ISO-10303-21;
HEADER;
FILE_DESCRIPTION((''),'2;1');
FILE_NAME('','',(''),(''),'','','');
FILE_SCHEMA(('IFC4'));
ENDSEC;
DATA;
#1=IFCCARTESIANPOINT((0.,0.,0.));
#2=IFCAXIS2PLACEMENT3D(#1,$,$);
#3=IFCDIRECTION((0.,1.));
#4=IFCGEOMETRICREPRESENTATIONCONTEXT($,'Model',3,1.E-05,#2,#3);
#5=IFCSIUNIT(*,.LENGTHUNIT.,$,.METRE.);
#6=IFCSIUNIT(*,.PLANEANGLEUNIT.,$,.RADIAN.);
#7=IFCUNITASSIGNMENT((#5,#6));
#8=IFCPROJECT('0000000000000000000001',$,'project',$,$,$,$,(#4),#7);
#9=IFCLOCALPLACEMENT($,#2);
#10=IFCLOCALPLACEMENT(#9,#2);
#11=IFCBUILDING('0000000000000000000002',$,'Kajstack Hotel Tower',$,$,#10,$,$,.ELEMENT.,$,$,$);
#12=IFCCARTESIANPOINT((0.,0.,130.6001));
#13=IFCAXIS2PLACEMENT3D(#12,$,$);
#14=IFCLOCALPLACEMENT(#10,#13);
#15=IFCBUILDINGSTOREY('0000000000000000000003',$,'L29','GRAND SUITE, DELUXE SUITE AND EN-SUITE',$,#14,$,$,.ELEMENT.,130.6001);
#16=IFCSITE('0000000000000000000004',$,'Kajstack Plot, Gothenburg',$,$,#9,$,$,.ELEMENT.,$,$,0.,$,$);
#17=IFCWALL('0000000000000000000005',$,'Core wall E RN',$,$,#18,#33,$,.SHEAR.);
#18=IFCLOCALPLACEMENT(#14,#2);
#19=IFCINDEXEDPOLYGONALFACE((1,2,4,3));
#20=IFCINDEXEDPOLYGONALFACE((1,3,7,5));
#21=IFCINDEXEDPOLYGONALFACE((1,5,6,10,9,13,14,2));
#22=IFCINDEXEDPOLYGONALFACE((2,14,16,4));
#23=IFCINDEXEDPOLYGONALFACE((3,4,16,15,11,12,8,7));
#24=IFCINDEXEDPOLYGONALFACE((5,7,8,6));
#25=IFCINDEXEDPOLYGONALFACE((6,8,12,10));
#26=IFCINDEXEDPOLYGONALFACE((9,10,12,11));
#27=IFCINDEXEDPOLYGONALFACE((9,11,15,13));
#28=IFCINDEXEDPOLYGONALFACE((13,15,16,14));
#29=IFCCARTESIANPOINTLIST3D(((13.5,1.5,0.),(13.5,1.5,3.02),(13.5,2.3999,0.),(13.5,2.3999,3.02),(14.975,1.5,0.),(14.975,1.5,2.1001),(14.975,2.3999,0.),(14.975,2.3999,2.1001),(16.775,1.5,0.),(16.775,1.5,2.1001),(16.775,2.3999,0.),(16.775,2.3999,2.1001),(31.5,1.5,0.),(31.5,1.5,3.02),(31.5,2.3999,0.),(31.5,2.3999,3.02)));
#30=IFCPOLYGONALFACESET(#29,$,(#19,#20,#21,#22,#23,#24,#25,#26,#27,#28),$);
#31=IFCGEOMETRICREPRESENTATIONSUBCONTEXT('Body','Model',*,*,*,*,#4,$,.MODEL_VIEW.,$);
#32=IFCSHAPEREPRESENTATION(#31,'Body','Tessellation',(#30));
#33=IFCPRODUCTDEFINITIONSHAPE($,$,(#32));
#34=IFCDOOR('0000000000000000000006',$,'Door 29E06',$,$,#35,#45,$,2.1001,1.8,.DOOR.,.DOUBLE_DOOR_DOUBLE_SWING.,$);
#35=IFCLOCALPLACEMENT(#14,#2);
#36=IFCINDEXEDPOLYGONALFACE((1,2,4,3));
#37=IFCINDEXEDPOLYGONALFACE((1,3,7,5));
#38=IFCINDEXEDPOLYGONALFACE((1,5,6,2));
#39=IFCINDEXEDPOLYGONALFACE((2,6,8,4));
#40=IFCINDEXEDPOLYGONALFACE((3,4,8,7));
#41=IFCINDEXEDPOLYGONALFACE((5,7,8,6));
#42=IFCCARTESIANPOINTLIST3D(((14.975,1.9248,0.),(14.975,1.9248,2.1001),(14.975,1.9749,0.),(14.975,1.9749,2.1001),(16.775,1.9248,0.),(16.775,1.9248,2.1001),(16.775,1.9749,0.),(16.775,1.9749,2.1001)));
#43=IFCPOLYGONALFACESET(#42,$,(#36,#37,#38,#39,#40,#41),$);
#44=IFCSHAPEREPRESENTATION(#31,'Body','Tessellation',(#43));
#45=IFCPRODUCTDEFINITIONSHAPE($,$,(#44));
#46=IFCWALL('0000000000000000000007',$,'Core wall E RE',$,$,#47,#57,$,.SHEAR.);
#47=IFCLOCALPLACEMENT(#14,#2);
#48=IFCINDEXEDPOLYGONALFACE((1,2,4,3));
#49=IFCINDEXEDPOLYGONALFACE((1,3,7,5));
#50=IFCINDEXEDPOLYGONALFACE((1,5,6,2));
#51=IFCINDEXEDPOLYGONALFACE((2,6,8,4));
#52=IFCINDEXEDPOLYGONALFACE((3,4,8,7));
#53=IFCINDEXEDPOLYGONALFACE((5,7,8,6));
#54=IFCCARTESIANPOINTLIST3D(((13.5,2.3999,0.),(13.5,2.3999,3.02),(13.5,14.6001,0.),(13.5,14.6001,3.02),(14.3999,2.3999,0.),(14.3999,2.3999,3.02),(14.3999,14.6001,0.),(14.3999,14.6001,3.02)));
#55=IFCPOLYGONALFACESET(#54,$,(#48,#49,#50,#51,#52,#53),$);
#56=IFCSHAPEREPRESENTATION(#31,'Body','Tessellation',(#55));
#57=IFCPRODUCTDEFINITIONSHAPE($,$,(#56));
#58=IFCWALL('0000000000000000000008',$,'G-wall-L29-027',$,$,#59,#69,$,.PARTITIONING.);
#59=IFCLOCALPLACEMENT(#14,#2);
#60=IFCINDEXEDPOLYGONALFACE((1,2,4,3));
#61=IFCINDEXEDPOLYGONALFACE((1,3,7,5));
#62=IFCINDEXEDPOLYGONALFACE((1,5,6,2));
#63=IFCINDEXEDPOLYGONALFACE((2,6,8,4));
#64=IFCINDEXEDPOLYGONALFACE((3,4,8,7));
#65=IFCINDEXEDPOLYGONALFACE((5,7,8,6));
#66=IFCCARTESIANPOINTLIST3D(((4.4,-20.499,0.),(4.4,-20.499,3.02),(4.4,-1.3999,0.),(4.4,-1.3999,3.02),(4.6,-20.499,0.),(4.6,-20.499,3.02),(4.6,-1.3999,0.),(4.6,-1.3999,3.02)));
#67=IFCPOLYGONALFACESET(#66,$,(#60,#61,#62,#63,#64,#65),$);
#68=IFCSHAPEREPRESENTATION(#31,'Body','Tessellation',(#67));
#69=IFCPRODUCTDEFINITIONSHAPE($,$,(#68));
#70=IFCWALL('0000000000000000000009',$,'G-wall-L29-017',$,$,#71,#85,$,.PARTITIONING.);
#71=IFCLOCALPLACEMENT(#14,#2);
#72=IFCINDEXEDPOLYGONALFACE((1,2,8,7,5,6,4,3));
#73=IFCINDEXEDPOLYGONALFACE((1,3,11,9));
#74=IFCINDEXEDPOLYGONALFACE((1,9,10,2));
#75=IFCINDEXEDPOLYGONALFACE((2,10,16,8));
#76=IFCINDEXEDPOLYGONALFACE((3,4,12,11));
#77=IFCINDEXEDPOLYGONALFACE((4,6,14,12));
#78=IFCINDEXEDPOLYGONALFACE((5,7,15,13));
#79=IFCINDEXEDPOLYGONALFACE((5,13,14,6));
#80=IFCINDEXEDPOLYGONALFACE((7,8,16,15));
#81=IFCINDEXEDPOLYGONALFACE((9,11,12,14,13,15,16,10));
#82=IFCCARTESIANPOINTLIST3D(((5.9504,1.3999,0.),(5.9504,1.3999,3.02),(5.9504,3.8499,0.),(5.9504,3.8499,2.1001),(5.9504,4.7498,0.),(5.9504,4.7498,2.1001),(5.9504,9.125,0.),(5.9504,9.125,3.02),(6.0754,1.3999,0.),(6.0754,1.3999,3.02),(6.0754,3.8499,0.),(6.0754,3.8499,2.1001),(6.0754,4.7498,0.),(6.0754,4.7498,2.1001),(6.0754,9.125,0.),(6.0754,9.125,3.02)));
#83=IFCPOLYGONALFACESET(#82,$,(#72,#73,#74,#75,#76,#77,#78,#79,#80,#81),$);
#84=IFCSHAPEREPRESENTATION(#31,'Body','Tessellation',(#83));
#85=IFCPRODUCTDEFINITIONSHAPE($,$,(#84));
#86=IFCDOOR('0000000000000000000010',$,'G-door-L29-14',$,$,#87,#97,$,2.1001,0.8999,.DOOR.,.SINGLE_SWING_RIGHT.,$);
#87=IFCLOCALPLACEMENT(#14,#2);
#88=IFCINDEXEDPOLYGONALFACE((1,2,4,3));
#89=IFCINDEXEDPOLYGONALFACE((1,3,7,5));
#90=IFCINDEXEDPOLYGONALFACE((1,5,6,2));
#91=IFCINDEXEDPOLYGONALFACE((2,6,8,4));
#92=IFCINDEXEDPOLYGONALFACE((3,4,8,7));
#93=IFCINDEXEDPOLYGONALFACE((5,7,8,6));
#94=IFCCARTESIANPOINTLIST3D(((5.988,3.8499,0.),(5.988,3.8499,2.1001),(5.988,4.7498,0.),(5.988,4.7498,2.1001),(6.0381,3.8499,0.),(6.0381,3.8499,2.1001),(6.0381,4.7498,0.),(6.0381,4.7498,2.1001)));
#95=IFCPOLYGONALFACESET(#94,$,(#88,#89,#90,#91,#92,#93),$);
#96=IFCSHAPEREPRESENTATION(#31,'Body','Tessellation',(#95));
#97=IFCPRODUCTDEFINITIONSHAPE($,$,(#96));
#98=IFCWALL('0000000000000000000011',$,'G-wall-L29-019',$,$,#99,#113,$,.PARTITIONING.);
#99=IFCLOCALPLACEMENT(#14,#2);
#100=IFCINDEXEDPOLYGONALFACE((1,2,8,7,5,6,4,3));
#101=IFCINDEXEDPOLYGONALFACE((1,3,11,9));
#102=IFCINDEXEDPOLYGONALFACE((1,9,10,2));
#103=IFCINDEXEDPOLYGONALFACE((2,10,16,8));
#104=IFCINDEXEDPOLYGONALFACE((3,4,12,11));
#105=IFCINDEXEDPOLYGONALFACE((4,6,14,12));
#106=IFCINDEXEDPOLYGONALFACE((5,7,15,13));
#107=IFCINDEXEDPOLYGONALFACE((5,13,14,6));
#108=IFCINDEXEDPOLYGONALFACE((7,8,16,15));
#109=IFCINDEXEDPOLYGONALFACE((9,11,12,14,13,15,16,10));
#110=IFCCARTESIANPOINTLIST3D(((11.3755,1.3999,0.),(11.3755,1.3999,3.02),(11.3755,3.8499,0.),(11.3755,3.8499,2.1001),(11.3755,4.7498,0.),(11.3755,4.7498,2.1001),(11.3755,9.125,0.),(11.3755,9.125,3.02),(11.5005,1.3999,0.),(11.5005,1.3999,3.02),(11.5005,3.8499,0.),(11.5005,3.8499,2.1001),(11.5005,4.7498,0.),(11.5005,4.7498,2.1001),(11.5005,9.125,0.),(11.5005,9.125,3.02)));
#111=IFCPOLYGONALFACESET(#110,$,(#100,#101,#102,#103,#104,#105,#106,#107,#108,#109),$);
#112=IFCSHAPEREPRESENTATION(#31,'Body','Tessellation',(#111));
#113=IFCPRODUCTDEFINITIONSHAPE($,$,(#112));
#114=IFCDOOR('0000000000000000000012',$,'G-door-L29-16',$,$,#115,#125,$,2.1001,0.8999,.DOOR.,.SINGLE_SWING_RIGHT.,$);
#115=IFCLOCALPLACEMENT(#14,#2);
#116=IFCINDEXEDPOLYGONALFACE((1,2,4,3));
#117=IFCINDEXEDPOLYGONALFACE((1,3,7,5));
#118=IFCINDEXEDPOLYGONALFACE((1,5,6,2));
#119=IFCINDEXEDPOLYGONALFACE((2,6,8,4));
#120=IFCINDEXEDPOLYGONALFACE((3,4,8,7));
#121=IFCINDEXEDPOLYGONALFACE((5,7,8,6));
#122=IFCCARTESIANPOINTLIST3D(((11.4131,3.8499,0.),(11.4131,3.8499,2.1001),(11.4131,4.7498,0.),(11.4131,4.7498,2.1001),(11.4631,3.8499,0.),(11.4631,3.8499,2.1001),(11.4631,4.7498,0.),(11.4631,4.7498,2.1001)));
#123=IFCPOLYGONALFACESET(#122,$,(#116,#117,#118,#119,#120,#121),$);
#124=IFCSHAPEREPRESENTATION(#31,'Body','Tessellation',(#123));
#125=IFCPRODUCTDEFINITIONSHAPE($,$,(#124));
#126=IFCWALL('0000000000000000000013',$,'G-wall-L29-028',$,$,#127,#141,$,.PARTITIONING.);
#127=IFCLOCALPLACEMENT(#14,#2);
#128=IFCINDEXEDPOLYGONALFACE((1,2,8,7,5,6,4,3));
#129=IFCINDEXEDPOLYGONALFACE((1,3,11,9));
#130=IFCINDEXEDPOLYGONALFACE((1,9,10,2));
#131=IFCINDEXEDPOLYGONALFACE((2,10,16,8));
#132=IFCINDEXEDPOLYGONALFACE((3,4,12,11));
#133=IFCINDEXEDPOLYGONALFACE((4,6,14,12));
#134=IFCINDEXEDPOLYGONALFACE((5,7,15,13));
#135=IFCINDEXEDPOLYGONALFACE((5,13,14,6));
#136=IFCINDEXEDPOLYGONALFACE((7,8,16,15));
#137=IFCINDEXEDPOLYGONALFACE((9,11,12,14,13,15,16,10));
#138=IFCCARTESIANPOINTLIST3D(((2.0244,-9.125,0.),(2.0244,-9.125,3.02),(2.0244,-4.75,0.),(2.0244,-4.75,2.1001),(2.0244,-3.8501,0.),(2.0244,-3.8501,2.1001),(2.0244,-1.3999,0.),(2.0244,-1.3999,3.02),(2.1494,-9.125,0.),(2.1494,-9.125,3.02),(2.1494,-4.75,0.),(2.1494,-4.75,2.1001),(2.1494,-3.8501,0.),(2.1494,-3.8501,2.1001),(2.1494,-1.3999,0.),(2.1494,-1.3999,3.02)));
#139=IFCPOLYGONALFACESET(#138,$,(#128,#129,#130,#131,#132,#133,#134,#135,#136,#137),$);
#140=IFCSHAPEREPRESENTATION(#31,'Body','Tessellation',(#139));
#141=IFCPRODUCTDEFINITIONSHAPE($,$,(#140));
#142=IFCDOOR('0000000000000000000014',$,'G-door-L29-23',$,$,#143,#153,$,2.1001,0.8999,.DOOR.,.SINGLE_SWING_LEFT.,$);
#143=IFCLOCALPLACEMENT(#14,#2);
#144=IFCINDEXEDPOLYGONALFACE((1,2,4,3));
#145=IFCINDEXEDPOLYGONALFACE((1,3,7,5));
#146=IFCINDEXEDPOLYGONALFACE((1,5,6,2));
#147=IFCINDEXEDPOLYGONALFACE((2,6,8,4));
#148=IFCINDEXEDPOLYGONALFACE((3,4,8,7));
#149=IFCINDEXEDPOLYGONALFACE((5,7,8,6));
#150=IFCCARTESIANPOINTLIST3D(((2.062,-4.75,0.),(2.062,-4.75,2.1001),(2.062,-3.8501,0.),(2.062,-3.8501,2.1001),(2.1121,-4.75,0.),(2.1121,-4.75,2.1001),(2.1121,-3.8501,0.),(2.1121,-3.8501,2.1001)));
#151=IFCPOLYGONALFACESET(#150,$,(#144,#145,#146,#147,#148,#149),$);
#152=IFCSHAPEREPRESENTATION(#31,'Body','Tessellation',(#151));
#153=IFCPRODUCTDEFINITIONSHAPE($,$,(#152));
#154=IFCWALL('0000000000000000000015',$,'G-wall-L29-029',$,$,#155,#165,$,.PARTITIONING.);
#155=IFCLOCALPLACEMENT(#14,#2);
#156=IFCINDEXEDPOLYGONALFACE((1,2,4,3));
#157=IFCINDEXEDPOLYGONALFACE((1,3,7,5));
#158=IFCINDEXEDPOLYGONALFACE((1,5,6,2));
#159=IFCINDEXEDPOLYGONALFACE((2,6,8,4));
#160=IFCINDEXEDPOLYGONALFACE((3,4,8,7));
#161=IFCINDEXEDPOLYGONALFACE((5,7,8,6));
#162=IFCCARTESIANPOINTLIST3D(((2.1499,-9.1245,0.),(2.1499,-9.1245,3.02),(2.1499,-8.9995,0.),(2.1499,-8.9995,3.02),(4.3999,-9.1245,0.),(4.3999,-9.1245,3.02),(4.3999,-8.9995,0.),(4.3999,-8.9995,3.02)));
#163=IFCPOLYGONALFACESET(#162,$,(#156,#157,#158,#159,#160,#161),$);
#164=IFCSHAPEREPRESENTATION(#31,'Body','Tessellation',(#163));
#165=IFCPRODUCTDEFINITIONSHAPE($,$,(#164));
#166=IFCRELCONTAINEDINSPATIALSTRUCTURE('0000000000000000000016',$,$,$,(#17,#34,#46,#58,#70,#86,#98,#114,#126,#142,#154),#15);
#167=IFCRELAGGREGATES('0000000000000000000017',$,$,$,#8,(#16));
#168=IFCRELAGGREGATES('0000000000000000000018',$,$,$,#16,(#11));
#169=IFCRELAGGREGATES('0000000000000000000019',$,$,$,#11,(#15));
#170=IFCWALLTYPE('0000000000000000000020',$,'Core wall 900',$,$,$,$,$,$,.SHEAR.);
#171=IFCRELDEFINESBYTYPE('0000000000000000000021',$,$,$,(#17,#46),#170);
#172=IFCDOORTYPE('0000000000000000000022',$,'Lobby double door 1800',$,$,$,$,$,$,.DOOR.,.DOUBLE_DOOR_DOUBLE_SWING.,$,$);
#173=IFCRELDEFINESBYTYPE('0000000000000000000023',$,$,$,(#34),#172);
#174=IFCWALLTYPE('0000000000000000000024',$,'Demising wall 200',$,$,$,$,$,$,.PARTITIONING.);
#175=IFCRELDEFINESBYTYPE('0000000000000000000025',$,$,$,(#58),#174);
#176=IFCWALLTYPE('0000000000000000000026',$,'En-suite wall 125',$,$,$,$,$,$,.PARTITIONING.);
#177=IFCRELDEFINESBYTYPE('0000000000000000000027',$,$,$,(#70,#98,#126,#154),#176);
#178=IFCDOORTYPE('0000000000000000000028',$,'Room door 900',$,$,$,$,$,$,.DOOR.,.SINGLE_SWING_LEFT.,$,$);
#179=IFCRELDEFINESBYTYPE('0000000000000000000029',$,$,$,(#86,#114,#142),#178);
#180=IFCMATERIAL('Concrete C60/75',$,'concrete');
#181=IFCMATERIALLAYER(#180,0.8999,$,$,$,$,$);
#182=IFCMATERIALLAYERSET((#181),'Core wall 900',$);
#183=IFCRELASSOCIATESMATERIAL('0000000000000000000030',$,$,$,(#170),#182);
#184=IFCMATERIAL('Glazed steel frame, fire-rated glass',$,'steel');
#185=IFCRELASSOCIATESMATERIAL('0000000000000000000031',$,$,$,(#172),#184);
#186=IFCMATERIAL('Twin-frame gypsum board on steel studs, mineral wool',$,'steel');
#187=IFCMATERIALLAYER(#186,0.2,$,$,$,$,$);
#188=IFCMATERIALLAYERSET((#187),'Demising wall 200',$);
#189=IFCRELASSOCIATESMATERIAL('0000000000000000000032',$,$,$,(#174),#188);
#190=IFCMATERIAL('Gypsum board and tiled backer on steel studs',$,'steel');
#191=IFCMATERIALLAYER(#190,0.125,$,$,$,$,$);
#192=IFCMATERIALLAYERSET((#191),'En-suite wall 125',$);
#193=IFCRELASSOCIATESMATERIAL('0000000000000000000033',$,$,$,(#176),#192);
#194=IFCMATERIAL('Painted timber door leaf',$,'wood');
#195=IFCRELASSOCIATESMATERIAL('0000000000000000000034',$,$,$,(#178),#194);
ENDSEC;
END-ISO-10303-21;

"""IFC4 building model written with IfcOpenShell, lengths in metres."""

from ifc_helpers import new_model, si_unit, direction, frame, frame_2d, origin, place, context, subcontext, project, spatial, rectangle, extrude, material, layer, layer_set, type_object, element, fill, save


model = new_model("IFC4")

# Units and contexts
model_context = context("Model", 3, precision=1e-05, world=origin(), true_north=direction((0.0, 1.0)))
body_context = subcontext(model_context, "Body", "Model", "MODEL_VIEW")
ifc_project = project(units=[si_unit("LENGTHUNIT", "METRE"), si_unit("PLANEANGLEUNIT", "RADIAN")], contexts=[model_context])

# Site, building, storey
site_placement = place(None, origin())
site = spatial("IfcSite", under=ifc_project, at=site_placement, Name="Kajstack Plot, Gothenburg", CompositionType="ELEMENT", RefElevation=0.0)
building_placement = place(site_placement, origin())
building = spatial("IfcBuilding", under=site, at=building_placement, Name="Kajstack Hotel Tower", CompositionType="ELEMENT")
storey_placement = place(building_placement, frame((0.0, 0.0, 130.6001)))
storey = spatial("IfcBuildingStorey", under=building, at=storey_placement, Name="L29", Description="GRAND SUITE, DELUXE SUITE AND EN-SUITE", CompositionType="ELEMENT", Elevation=130.6001)

# Wall, opening, door
ifc_material_1 = material(Name="Concrete C60/75", Category="concrete")
ifc_layer_1 = layer(ifc_material_1, 0.8999)
ifc_layer_set_1 = layer_set([ifc_layer_1], Name="Core wall 900")
wall_type_1 = type_object("IfcWallType", Name="Core wall 900", PredefinedType="SHEAR", material=ifc_layer_set_1)
wall_1_placement = place(storey_placement, frame((13.5, 1.95, 0.0), z_axis=(0.0, 0.0, 1.0), x_axis=(1.0, 0.0, 0.0)))
wall_1 = element("IfcWall", 1, at=wall_1_placement, inside=storey, type_object=wall_type_1, Name="Core wall E RN", PredefinedType="SHEAR", context=body_context, shape_type="SweptSolid", body=[
    extrude(rectangle(XDim=18.0, YDim=0.8999, at=frame_2d((9.0, 0.0))), origin(), (0.0, 0.0, 1.0), 3.02),
])
opening_1_placement = place(wall_1_placement, frame((1.4751, 0.0, 0.0)))
opening_1 = element("IfcOpeningElement", 2, at=opening_1_placement, cuts=wall_1, PredefinedType="OPENING", context=body_context, shape_type="SweptSolid", body=[
    extrude(rectangle(XDim=1.8, YDim=2.1001, at=frame_2d((0.8999, 1.05))), frame((0.0, 0.46, 0.0), z_axis=(0.0, -1.0, 0.0), x_axis=(1.0, 0.0, 0.0)), (0.0, 0.0, 1.0), 0.9199),
])
ifc_material_2 = material(Name="Glazed steel frame, fire-rated glass", Category="steel")
door_type_1 = type_object("IfcDoorType", Name="Lobby double door 1800", OperationType="DOUBLE_DOOR_DOUBLE_SWING", PredefinedType="DOOR", material=ifc_material_2)
door_1_placement = place(opening_1_placement, origin())
door_1 = element("IfcDoor", 3, at=door_1_placement, inside=storey, type_object=door_type_1, Name="Door 29E06", OperationType="DOUBLE_DOOR_DOUBLE_SWING", OverallHeight=2.1001, OverallWidth=1.8, PredefinedType="DOOR", context=body_context, shape_type="SweptSolid", body=[
    extrude(rectangle(XDim=1.8, YDim=2.1001, at=frame_2d((0.8999, 1.05))), frame((0.0, 0.0249, 0.0), z_axis=(0.0, -1.0, 0.0), x_axis=(1.0, 0.0, 0.0)), (0.0, 0.0, 1.0), 0.05),
])
fill(opening_1, door_1)

# Walls
wall_2_placement = place(storey_placement, frame((13.95, 2.3999, 0.0), z_axis=(0.0, 0.0, 1.0), x_axis=(0.0, 1.0, 0.0)))
element("IfcWall", 4, at=wall_2_placement, inside=storey, type_object=wall_type_1, Name="Core wall E RE", PredefinedType="SHEAR", context=body_context, shape_type="SweptSolid", body=[
    extrude(rectangle(XDim=12.2002, YDim=0.8999, at=frame_2d((6.1001, 0.0))), origin(), (0.0, 0.0, 1.0), 3.02),
])
ifc_material_3 = material(Name="Twin-frame gypsum board on steel studs, mineral wool", Category="steel")
ifc_layer_2 = layer(ifc_material_3, 0.2)
ifc_layer_set_2 = layer_set([ifc_layer_2], Name="Demising wall 200")
wall_type_2 = type_object("IfcWallType", Name="Demising wall 200", PredefinedType="PARTITIONING", material=ifc_layer_set_2)
wall_3_placement = place(storey_placement, frame((4.5, -20.499, 0.0), z_axis=(0.0, 0.0, 1.0), x_axis=(0.0, 1.0, 0.0)))
element("IfcWall", 5, at=wall_3_placement, inside=storey, type_object=wall_type_2, Name="G-wall-L29-027", PredefinedType="PARTITIONING", context=body_context, shape_type="SweptSolid", body=[
    extrude(rectangle(XDim=19.0991, YDim=0.2, at=frame_2d((9.5496, 0.0))), origin(), (0.0, 0.0, 1.0), 3.02),
])

# Walls, openings, doors
ifc_material_4 = material(Name="Gypsum board and tiled backer on steel studs", Category="steel")
ifc_layer_3 = layer(ifc_material_4, 0.125)
ifc_layer_set_3 = layer_set([ifc_layer_3], Name="En-suite wall 125")
wall_type_3 = type_object("IfcWallType", Name="En-suite wall 125", PredefinedType="PARTITIONING", material=ifc_layer_set_3)
wall_4_placement = place(storey_placement, frame((6.0129, 1.3999, 0.0), z_axis=(0.0, 0.0, 1.0), x_axis=(0.0, 1.0, 0.0)))
wall_4 = element("IfcWall", 6, at=wall_4_placement, inside=storey, type_object=wall_type_3, Name="G-wall-L29-017", PredefinedType="PARTITIONING", context=body_context, shape_type="SweptSolid", body=[
    extrude(rectangle(XDim=7.7251, YDim=0.125, at=frame_2d((3.8625, 0.0))), origin(), (0.0, 0.0, 1.0), 3.02),
])
opening_2_placement = place(wall_4_placement, frame((2.45, 0.0, 0.0)))
opening_2 = element("IfcOpeningElement", 7, at=opening_2_placement, cuts=wall_4, PredefinedType="OPENING", context=body_context, shape_type="SweptSolid", body=[
    extrude(rectangle(XDim=0.8999, YDim=2.1001, at=frame_2d((0.45, 1.05))), frame((0.0, 0.0725, 0.0), z_axis=(0.0, -1.0, 0.0), x_axis=(1.0, 0.0, 0.0)), (0.0, 0.0, 1.0), 0.145),
])
ifc_material_5 = material(Name="Painted timber door leaf", Category="wood")
door_type_2 = type_object("IfcDoorType", Name="Room door 900", OperationType="SINGLE_SWING_LEFT", PredefinedType="DOOR", material=ifc_material_5)
door_2_placement = place(opening_2_placement, origin())
door_2 = element("IfcDoor", 8, at=door_2_placement, inside=storey, type_object=door_type_2, Name="G-door-L29-14", OperationType="SINGLE_SWING_RIGHT", OverallHeight=2.1001, OverallWidth=0.8999, PredefinedType="DOOR", context=body_context, shape_type="SweptSolid", body=[
    extrude(rectangle(XDim=0.8999, YDim=2.1001, at=frame_2d((0.45, 1.05))), frame((0.0, 0.0249, 0.0), z_axis=(0.0, -1.0, 0.0), x_axis=(1.0, 0.0, 0.0)), (0.0, 0.0, 1.0), 0.05),
])
fill(opening_2, door_2)
wall_5_placement = place(storey_placement, frame((11.438, 1.3999, 0.0), z_axis=(0.0, 0.0, 1.0), x_axis=(0.0, 1.0, 0.0)))
wall_5 = element("IfcWall", 9, at=wall_5_placement, inside=storey, type_object=wall_type_3, Name="G-wall-L29-019", PredefinedType="PARTITIONING", context=body_context, shape_type="SweptSolid", body=[
    extrude(rectangle(XDim=7.7251, YDim=0.125, at=frame_2d((3.8625, 0.0))), origin(), (0.0, 0.0, 1.0), 3.02),
])
opening_3_placement = place(wall_5_placement, frame((2.45, 0.0, 0.0)))
opening_3 = element("IfcOpeningElement", 10, at=opening_3_placement, cuts=wall_5, PredefinedType="OPENING", context=body_context, shape_type="SweptSolid", body=[
    extrude(rectangle(XDim=0.8999, YDim=2.1001, at=frame_2d((0.45, 1.05))), frame((0.0, 0.0725, 0.0), z_axis=(0.0, -1.0, 0.0), x_axis=(1.0, 0.0, 0.0)), (0.0, 0.0, 1.0), 0.145),
])
door_3_placement = place(opening_3_placement, origin())
door_3 = element("IfcDoor", 11, at=door_3_placement, inside=storey, type_object=door_type_2, Name="G-door-L29-16", OperationType="SINGLE_SWING_RIGHT", OverallHeight=2.1001, OverallWidth=0.8999, PredefinedType="DOOR", context=body_context, shape_type="SweptSolid", body=[
    extrude(rectangle(XDim=0.8999, YDim=2.1001, at=frame_2d((0.45, 1.05))), frame((0.0, 0.0249, 0.0), z_axis=(0.0, -1.0, 0.0), x_axis=(1.0, 0.0, 0.0)), (0.0, 0.0, 1.0), 0.05),
])
fill(opening_3, door_3)
wall_6_placement = place(storey_placement, frame((2.0869, -9.125, 0.0), z_axis=(0.0, 0.0, 1.0), x_axis=(0.0, 1.0, 0.0)))
wall_6 = element("IfcWall", 12, at=wall_6_placement, inside=storey, type_object=wall_type_3, Name="G-wall-L29-028", PredefinedType="PARTITIONING", context=body_context, shape_type="SweptSolid", body=[
    extrude(rectangle(XDim=7.7251, YDim=0.125, at=frame_2d((3.8625, 0.0))), origin(), (0.0, 0.0, 1.0), 3.02),
])
opening_4_placement = place(wall_6_placement, frame((4.375, 0.0, 0.0)))
opening_4 = element("IfcOpeningElement", 13, at=opening_4_placement, cuts=wall_6, PredefinedType="OPENING", context=body_context, shape_type="SweptSolid", body=[
    extrude(rectangle(XDim=0.8999, YDim=2.1001, at=frame_2d((0.45, 1.05))), frame((0.0, 0.0725, 0.0), z_axis=(0.0, -1.0, 0.0), x_axis=(1.0, 0.0, 0.0)), (0.0, 0.0, 1.0), 0.145),
])
door_4_placement = place(opening_4_placement, origin())
door_4 = element("IfcDoor", 14, at=door_4_placement, inside=storey, type_object=door_type_2, Name="G-door-L29-23", OperationType="SINGLE_SWING_LEFT", OverallHeight=2.1001, OverallWidth=0.8999, PredefinedType="DOOR", context=body_context, shape_type="SweptSolid", body=[
    extrude(rectangle(XDim=0.8999, YDim=2.1001, at=frame_2d((0.45, 1.05))), frame((0.0, 0.0249, 0.0), z_axis=(0.0, -1.0, 0.0), x_axis=(1.0, 0.0, 0.0)), (0.0, 0.0, 1.0), 0.05),
])
fill(opening_4, door_4)

# Wall
wall_7_placement = place(storey_placement, frame((2.1499, -9.062, 0.0), z_axis=(0.0, 0.0, 1.0), x_axis=(1.0, 0.0, 0.0)))
element("IfcWall", 15, at=wall_7_placement, inside=storey, type_object=wall_type_3, Name="G-wall-L29-029", PredefinedType="PARTITIONING", context=body_context, shape_type="SweptSolid", body=[
    extrude(rectangle(XDim=2.25, YDim=0.125, at=frame_2d((1.125, 0.0))), origin(), (0.0, 0.0, 1.0), 3.02),
])

save(model, "model.ifc")
